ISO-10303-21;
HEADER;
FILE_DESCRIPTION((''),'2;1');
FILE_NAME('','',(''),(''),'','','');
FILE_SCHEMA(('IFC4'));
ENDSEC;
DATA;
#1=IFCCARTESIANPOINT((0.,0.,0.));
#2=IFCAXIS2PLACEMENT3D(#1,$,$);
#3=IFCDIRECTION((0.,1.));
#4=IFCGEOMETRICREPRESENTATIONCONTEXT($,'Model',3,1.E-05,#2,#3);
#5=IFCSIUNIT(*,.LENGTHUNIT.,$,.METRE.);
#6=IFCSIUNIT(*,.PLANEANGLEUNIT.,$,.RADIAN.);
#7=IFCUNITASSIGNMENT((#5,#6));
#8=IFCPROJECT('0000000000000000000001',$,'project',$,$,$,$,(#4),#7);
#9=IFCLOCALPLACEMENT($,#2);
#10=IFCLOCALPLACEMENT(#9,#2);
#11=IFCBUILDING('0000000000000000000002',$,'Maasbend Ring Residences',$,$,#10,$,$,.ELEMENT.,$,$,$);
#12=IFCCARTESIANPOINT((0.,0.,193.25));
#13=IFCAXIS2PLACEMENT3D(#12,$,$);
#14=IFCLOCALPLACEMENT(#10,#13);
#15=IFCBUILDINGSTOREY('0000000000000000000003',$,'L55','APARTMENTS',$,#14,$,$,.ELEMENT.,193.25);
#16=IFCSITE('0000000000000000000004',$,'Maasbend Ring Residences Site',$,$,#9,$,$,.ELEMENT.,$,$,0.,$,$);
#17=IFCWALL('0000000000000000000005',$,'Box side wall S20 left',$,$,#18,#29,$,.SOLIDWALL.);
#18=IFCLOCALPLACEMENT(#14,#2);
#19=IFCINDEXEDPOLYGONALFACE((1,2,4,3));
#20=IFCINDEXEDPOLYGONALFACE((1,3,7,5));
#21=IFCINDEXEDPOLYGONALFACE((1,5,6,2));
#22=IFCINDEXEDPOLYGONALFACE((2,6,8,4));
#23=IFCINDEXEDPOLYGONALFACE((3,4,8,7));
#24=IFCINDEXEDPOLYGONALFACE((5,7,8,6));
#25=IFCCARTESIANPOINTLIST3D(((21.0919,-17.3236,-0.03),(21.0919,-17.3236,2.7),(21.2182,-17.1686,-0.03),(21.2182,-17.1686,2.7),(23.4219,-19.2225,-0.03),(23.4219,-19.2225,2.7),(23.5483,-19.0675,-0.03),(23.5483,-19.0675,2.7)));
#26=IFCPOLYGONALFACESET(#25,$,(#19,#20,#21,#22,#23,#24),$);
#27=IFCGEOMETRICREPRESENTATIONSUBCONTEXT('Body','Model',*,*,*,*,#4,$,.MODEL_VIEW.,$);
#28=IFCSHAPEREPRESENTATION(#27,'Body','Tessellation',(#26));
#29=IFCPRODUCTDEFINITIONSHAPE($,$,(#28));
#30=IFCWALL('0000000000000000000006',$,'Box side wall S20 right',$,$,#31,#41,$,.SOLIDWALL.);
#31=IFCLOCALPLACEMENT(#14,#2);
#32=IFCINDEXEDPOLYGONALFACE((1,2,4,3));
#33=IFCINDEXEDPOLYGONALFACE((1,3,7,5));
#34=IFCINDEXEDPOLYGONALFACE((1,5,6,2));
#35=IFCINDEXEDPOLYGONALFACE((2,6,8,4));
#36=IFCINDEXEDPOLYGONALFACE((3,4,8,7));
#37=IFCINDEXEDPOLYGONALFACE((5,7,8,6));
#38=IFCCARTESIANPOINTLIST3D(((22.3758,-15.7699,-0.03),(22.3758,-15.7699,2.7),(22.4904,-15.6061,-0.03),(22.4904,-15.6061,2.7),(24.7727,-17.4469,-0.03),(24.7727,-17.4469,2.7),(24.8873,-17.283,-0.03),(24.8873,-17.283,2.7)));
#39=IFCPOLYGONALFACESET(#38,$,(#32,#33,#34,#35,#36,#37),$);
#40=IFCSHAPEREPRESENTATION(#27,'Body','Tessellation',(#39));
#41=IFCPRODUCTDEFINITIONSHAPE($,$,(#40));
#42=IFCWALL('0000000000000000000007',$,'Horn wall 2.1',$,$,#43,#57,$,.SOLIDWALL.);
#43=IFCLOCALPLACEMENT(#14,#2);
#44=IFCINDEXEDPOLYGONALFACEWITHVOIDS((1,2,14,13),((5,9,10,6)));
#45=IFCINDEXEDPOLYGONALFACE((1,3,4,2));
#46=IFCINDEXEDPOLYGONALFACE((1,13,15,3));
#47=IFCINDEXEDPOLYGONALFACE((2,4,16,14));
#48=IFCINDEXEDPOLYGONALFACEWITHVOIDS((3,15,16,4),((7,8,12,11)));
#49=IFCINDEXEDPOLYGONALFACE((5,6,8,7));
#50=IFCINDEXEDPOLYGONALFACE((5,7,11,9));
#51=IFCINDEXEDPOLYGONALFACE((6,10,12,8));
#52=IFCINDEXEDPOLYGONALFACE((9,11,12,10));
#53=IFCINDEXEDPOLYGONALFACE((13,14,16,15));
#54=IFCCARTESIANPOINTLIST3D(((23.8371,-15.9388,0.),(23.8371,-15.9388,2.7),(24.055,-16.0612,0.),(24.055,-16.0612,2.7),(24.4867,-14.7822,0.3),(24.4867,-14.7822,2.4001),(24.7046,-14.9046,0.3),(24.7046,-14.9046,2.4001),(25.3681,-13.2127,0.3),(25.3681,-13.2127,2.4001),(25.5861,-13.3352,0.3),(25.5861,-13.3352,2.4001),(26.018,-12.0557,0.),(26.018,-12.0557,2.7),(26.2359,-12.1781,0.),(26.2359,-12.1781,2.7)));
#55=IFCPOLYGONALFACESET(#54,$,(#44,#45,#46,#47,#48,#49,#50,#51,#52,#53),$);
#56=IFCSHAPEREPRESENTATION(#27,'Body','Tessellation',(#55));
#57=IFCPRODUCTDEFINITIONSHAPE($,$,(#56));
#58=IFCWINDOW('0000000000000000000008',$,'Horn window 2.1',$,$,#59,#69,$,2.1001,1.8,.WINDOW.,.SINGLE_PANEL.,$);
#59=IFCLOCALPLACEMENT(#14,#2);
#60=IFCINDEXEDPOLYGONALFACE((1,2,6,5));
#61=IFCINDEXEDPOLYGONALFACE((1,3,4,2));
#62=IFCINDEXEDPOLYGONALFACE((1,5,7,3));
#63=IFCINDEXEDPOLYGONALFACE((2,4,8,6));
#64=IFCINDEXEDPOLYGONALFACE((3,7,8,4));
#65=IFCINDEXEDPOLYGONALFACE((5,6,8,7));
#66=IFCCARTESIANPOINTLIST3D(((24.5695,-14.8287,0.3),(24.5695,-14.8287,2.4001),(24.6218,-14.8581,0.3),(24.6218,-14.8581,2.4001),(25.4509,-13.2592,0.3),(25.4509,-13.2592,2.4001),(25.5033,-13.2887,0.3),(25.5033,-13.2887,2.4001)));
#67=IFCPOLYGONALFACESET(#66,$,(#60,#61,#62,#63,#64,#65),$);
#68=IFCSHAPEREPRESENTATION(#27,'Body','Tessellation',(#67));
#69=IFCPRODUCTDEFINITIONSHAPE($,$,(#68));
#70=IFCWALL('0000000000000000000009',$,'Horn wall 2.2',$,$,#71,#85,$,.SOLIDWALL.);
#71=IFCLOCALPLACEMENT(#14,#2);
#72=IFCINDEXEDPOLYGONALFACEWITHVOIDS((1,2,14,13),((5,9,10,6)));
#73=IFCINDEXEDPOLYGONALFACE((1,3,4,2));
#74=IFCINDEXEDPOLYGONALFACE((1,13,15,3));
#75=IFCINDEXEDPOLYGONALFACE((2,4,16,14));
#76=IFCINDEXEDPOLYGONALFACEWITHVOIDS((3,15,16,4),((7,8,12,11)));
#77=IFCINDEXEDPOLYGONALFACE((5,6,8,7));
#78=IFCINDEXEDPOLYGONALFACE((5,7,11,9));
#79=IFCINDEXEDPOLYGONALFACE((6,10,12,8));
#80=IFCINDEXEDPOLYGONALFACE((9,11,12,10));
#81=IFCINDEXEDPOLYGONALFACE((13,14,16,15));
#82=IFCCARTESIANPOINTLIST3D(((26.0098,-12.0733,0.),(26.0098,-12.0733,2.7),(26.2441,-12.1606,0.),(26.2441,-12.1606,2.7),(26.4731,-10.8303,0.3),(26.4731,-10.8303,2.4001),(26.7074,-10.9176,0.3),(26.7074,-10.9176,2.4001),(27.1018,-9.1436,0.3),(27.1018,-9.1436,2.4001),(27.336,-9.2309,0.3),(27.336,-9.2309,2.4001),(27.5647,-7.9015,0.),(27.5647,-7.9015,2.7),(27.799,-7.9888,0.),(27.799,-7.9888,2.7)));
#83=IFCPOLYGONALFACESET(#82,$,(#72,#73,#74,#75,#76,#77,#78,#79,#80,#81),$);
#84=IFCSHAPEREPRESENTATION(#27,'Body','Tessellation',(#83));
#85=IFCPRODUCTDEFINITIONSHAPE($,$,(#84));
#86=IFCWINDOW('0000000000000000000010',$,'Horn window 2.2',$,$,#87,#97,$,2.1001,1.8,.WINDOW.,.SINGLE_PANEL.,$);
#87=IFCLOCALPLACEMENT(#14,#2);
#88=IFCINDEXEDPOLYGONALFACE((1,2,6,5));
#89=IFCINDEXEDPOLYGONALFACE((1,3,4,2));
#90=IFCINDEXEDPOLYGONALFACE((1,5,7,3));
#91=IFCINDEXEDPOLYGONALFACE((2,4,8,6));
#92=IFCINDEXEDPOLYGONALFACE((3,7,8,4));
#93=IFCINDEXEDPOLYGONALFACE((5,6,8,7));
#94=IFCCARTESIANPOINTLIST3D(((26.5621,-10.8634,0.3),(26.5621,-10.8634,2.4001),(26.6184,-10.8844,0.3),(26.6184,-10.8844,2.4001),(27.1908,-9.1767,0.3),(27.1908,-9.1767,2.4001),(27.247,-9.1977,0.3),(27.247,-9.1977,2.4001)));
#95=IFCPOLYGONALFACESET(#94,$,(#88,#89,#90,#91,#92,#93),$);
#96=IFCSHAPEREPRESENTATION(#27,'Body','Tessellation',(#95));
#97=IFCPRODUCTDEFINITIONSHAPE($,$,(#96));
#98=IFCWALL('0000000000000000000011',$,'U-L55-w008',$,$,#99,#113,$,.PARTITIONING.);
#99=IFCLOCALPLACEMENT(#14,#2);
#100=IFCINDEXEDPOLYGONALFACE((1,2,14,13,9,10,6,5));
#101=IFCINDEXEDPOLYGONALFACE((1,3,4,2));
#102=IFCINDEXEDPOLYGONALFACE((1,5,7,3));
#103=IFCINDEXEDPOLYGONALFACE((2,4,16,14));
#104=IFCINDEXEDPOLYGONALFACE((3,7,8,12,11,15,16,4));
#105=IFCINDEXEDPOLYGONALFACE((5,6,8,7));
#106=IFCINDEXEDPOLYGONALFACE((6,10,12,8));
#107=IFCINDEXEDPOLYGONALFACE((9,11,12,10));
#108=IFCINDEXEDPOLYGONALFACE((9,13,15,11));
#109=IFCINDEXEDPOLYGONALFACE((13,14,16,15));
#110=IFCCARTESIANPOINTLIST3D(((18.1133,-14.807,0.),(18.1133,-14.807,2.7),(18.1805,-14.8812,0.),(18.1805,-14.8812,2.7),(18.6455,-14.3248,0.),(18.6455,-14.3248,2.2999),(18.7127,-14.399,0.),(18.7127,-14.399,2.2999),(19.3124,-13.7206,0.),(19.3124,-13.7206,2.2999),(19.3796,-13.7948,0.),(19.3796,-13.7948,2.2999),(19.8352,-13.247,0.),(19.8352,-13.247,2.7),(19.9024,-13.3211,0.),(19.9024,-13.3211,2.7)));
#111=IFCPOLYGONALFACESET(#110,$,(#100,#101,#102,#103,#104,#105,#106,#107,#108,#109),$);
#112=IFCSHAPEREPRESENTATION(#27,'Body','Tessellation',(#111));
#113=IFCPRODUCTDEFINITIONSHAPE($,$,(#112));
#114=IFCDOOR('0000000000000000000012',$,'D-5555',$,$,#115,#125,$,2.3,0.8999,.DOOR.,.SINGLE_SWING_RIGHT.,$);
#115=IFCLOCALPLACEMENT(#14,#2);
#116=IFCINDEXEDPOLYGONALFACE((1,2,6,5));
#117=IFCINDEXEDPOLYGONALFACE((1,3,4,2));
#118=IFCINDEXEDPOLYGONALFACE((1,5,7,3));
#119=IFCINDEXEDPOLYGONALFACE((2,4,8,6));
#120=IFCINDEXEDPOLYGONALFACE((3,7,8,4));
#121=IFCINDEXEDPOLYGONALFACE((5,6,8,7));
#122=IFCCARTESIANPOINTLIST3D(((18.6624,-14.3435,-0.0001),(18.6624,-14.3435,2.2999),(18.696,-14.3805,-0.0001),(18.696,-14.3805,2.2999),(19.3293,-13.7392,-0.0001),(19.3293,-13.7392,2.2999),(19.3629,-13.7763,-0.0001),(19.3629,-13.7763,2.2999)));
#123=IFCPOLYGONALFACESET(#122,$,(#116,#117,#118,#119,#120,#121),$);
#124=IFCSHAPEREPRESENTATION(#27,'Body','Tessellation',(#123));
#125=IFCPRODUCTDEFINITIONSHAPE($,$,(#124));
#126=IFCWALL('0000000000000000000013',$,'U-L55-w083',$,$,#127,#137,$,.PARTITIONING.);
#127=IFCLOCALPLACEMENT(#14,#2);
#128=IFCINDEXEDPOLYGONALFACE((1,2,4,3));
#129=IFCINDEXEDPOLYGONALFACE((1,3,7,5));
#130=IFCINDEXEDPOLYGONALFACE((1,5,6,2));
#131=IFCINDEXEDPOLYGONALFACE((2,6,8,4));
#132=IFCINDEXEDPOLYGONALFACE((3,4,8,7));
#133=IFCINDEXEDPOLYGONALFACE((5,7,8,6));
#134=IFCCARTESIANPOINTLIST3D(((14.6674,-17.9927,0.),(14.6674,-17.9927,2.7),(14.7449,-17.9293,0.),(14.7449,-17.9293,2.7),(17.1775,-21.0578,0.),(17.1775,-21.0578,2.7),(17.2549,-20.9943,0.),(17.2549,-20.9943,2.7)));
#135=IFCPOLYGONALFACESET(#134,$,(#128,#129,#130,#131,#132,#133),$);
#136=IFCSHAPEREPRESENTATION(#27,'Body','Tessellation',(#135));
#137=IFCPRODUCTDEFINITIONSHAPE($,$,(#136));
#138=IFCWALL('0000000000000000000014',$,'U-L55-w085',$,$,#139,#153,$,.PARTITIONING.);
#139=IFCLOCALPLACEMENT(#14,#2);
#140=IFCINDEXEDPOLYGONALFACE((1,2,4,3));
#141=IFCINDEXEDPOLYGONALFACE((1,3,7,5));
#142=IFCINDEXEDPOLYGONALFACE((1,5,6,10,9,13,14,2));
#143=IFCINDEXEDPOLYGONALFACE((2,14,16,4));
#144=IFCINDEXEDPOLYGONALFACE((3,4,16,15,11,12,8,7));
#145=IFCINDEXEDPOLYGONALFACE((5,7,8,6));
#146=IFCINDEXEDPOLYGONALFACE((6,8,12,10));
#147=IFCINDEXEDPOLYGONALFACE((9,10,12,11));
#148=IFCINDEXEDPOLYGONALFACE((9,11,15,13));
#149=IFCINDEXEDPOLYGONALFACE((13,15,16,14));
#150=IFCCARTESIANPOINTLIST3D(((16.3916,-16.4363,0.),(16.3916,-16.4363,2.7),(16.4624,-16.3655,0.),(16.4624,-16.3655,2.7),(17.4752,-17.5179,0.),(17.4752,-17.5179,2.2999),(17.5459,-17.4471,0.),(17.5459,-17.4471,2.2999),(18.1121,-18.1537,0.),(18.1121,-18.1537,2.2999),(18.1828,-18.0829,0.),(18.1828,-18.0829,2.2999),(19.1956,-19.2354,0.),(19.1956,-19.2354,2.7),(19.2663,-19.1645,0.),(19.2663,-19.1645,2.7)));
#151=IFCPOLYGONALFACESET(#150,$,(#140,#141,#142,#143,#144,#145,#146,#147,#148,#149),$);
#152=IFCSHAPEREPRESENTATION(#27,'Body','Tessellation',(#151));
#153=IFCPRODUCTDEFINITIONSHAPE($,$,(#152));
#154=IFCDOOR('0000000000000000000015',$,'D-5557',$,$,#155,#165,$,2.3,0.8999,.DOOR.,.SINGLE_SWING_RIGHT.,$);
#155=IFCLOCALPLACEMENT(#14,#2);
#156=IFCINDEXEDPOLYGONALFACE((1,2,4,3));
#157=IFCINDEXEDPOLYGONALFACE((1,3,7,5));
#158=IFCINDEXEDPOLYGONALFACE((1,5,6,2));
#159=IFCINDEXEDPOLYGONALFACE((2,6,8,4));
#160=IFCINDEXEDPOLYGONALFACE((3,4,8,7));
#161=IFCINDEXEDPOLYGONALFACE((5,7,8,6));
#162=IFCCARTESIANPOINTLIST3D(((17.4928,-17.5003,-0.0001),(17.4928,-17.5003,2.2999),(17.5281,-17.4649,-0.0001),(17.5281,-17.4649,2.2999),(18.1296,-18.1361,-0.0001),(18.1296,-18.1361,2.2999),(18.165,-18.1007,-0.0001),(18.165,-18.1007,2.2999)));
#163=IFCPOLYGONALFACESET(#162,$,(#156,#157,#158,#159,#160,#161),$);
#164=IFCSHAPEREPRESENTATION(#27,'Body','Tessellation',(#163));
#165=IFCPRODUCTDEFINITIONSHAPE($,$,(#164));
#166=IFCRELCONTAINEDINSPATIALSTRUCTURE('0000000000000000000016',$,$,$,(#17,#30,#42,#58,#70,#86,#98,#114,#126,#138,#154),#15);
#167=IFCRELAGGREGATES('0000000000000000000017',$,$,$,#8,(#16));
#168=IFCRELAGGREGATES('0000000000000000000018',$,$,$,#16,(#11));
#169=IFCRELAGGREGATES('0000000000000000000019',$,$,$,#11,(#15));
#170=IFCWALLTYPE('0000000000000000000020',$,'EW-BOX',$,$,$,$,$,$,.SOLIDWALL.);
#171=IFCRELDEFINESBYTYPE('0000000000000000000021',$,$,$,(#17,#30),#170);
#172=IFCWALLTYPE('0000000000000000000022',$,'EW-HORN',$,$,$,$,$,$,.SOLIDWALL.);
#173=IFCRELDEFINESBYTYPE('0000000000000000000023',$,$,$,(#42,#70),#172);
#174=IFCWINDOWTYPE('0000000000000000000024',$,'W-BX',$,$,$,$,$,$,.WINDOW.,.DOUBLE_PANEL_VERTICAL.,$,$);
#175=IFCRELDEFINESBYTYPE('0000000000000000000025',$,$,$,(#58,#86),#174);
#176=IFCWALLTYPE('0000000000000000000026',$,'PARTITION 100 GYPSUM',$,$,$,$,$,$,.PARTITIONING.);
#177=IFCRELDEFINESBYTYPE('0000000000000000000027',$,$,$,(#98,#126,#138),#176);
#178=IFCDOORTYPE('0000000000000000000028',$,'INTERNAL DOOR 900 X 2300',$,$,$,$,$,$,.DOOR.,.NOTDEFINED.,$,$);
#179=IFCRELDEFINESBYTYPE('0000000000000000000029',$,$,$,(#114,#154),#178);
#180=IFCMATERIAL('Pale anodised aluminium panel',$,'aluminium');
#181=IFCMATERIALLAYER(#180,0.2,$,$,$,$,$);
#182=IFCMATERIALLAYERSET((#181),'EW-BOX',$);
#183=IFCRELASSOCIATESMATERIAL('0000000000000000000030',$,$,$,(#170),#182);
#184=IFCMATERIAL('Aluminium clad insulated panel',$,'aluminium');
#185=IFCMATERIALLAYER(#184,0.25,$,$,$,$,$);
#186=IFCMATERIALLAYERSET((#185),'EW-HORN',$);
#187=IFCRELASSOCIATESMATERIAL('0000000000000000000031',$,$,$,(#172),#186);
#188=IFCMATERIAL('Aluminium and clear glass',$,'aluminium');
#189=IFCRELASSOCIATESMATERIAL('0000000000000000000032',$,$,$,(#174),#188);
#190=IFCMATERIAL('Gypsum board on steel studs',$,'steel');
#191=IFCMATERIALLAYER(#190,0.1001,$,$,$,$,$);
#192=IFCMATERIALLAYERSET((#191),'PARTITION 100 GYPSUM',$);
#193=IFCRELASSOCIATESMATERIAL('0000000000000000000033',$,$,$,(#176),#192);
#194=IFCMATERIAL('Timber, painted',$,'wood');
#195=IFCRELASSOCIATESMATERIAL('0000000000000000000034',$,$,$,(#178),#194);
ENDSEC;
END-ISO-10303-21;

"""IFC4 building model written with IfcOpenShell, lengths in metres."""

from ifc_helpers import new_model, si_unit, direction, frame, frame_2d, origin, place, context, subcontext, project, spatial, rectangle, extrude, material, layer, layer_set, type_object, element, fill, save


model = new_model("IFC4")

# Units and contexts
model_context = context("Model", 3, precision=1e-05, world=origin(), true_north=direction((0.0, 1.0)))
body_context = subcontext(model_context, "Body", "Model", "MODEL_VIEW")
ifc_project = project(units=[si_unit("LENGTHUNIT", "METRE"), si_unit("PLANEANGLEUNIT", "RADIAN")], contexts=[model_context])

# Site, building, storey
site_placement = place(None, origin())
site = spatial("IfcSite", under=ifc_project, at=site_placement, Name="Maasbend Ring Residences Site", CompositionType="ELEMENT", RefElevation=0.0)
building_placement = place(site_placement, origin())
building = spatial("IfcBuilding", under=site, at=building_placement, Name="Maasbend Ring Residences", CompositionType="ELEMENT")
storey_placement = place(building_placement, frame((0.0, 0.0, 193.25)))
storey = spatial("IfcBuildingStorey", under=building, at=storey_placement, Name="L55", Description="APARTMENTS", CompositionType="ELEMENT", Elevation=193.25)

# Walls
ifc_material_1 = material(Name="Pale anodised aluminium panel", Category="aluminium")
ifc_layer_1 = layer(ifc_material_1, 0.2)
ifc_layer_set_1 = layer_set([ifc_layer_1], Name="EW-BOX")
wall_type_1 = type_object("IfcWallType", Name="EW-BOX", PredefinedType="SOLIDWALL", material=ifc_layer_set_1)
wall_1_placement = place(storey_placement, frame((21.155, -17.2461, -0.03), z_axis=(0.0, 0.0, 1.0), x_axis=(0.775179, -0.631742, 0.0)))
element("IfcWall", 1, at=wall_1_placement, inside=storey, type_object=wall_type_1, Name="Box side wall S20 left", PredefinedType="SOLIDWALL", context=body_context, shape_type="SweptSolid", body=[
    extrude(rectangle(XDim=3.0059, YDim=0.2, at=frame_2d((1.5029, 0.0))), origin(), (0.0, 0.0, 1.0), 2.73),
])
wall_2_placement = place(storey_placement, frame((22.4331, -15.688, -0.03), z_axis=(0.0, 0.0, 1.0), x_axis=(0.819373, -0.573261, 0.0)))
element("IfcWall", 2, at=wall_2_placement, inside=storey, type_object=wall_type_1, Name="Box side wall S20 right", PredefinedType="SOLIDWALL", context=body_context, shape_type="SweptSolid", body=[
    extrude(rectangle(XDim=2.9253, YDim=0.2, at=frame_2d((1.4626, 0.0))), origin(), (0.0, 0.0, 1.0), 2.73),
])

# Walls, openings, windows
ifc_material_2 = material(Name="Aluminium clad insulated panel", Category="aluminium")
ifc_layer_2 = layer(ifc_material_2, 0.25)
ifc_layer_set_2 = layer_set([ifc_layer_2], Name="EW-HORN")
wall_type_2 = type_object("IfcWallType", Name="EW-HORN", PredefinedType="SOLIDWALL", material=ifc_layer_set_2)
wall_3_placement = place(storey_placement, frame((23.946, -16.0, 0.0), z_axis=(0.0, 0.0, 1.0), x_axis=(0.489696, 0.871893, 0.0)))
wall_3 = element("IfcWall", 3, at=wall_3_placement, inside=storey, type_object=wall_type_2, Name="Horn wall 2.1", PredefinedType="SOLIDWALL", context=body_context, shape_type="SweptSolid", body=[
    extrude(rectangle(XDim=4.4536, YDim=0.25, at=frame_2d((2.2268, 0.0))), origin(), (0.0, 0.0, 1.0), 2.7),
])
opening_1_placement = place(wall_3_placement, frame((1.3267, 0.0, 0.3)))
opening_1 = element("IfcOpeningElement", 4, at=opening_1_placement, cuts=wall_3, PredefinedType="OPENING", context=body_context, shape_type="SweptSolid", body=[
    extrude(rectangle(XDim=1.8, YDim=2.1001, at=frame_2d((0.8999, 1.05))), frame((0.0, 0.135, 0.0), z_axis=(0.0, -1.0, 0.0), x_axis=(1.0, 0.0, 0.0)), (0.0, 0.0, 1.0), 0.27),
])
ifc_material_3 = material(Name="Aluminium and clear glass", Category="aluminium")
window_type = type_object("IfcWindowType", Name="W-BX", PartitioningType="DOUBLE_PANEL_VERTICAL", PredefinedType="WINDOW", material=ifc_material_3)
window_1_placement = place(opening_1_placement, origin())
window_1 = element("IfcWindow", 5, at=window_1_placement, inside=storey, type_object=window_type, Name="Horn window 2.1", OverallHeight=2.1001, OverallWidth=1.8, PartitioningType="SINGLE_PANEL", PredefinedType="WINDOW", context=body_context, shape_type="SweptSolid", body=[
    extrude(rectangle(XDim=1.8, YDim=2.1001, at=frame_2d((0.8999, 1.05))), frame((0.0, 0.03, 0.0), z_axis=(0.0, -1.0, 0.0), x_axis=(1.0, 0.0, 0.0)), (0.0, 0.0, 1.0), 0.0601),
])
fill(opening_1, window_1)
wall_4_placement = place(storey_placement, frame((26.127, -12.1169, 0.0), z_axis=(0.0, 0.0, 1.0), x_axis=(0.349248, 0.93703, 0.0)))
wall_4 = element("IfcWall", 6, at=wall_4_placement, inside=storey, type_object=wall_type_2, Name="Horn wall 2.2", PredefinedType="SOLIDWALL", context=body_context, shape_type="SweptSolid", body=[
    extrude(rectangle(XDim=4.4521, YDim=0.25, at=frame_2d((2.2261, 0.0))), origin(), (0.0, 0.0, 1.0), 2.7),
])
opening_2_placement = place(wall_4_placement, frame((1.3267, 0.0, 0.3)))
opening_2 = element("IfcOpeningElement", 7, at=opening_2_placement, cuts=wall_4, PredefinedType="OPENING", context=body_context, shape_type="SweptSolid", body=[
    extrude(rectangle(XDim=1.8, YDim=2.1001, at=frame_2d((0.8999, 1.05))), frame((0.0, 0.135, 0.0), z_axis=(0.0, -1.0, 0.0), x_axis=(1.0, 0.0, 0.0)), (0.0, 0.0, 1.0), 0.27),
])
window_2_placement = place(opening_2_placement, origin())
window_2 = element("IfcWindow", 8, at=window_2_placement, inside=storey, type_object=window_type, Name="Horn window 2.2", OverallHeight=2.1001, OverallWidth=1.8, PartitioningType="SINGLE_PANEL", PredefinedType="WINDOW", context=body_context, shape_type="SweptSolid", body=[
    extrude(rectangle(XDim=1.8, YDim=2.1001, at=frame_2d((0.8999, 1.05))), frame((0.0, 0.03, 0.0), z_axis=(0.0, -1.0, 0.0), x_axis=(1.0, 0.0, 0.0)), (0.0, 0.0, 1.0), 0.0601),
])
fill(opening_2, window_2)

# Wall, opening, door
ifc_material_4 = material(Name="Gypsum board on steel studs", Category="steel")
ifc_layer_3 = layer(ifc_material_4, 0.1001)
ifc_layer_set_3 = layer_set([ifc_layer_3], Name="PARTITION 100 GYPSUM")
wall_type_3 = type_object("IfcWallType", Name="PARTITION 100 GYPSUM", PredefinedType="PARTITIONING", material=ifc_layer_set_3)
wall_5_placement = place(storey_placement, frame((18.147, -14.844, 0.0), z_axis=(0.0, 0.0, 1.0), x_axis=(0.74108, 0.671417, 0.0)))
wall_5 = element("IfcWall", 9, at=wall_5_placement, inside=storey, type_object=wall_type_3, Name="U-L55-w008", PredefinedType="PARTITIONING", context=body_context, shape_type="SweptSolid", body=[
    extrude(rectangle(XDim=2.3235, YDim=0.1001, at=frame_2d((1.1616, 0.0))), origin(), (0.0, 0.0, 1.0), 2.7),
])
opening_3_placement = place(wall_5_placement, frame((0.718, 0.0, 0.0)))
opening_3 = element("IfcOpeningElement", 10, at=opening_3_placement, cuts=wall_5, PredefinedType="OPENING", context=body_context, shape_type="SweptSolid", body=[
    extrude(rectangle(XDim=0.8999, YDim=2.3, at=frame_2d((0.45, 1.1499))), frame((0.0, 0.0601, 0.0), z_axis=(0.0, -1.0, 0.0), x_axis=(1.0, 0.0, 0.0)), (0.0, 0.0, 1.0), 0.1201),
])
ifc_material_5 = material(Name="Timber, painted", Category="wood")
door_type = type_object("IfcDoorType", Name="INTERNAL DOOR 900 X 2300", OperationType="NOTDEFINED", PredefinedType="DOOR", material=ifc_material_5)
door_1_placement = place(opening_3_placement, origin())
door_1 = element("IfcDoor", 11, at=door_1_placement, inside=storey, type_object=door_type, Name="D-5555", OperationType="SINGLE_SWING_RIGHT", OverallHeight=2.3, OverallWidth=0.8999, PredefinedType="DOOR", context=body_context, shape_type="SweptSolid", body=[
    extrude(rectangle(XDim=0.8999, YDim=2.3, at=frame_2d((0.45, 1.1499))), frame((0.0, 0.0249, 0.0), z_axis=(0.0, -1.0, 0.0), x_axis=(1.0, 0.0, 0.0)), (0.0, 0.0, 1.0), 0.05),
])
fill(opening_3, door_1)

# Wall
wall_6_placement = place(storey_placement, frame((14.7061, -17.9609, 0.0), z_axis=(0.0, 0.0, 1.0), x_axis=(0.63359, -0.773669, 0.0)))
element("IfcWall", 12, at=wall_6_placement, inside=storey, type_object=wall_type_3, Name="U-L55-w083", PredefinedType="PARTITIONING", context=body_context, shape_type="SweptSolid", body=[
    extrude(rectangle(XDim=3.9617, YDim=0.1001, at=frame_2d((1.981, 0.0))), origin(), (0.0, 0.0, 1.0), 2.7),
])

# Wall, opening, door
wall_7_placement = place(storey_placement, frame((16.427, -16.4009, 0.0), z_axis=(0.0, 0.0, 1.0), x_axis=(0.707723, -0.70649, 0.0)))
wall_7 = element("IfcWall", 13, at=wall_7_placement, inside=storey, type_object=wall_type_3, Name="U-L55-w085", PredefinedType="PARTITIONING", context=body_context, shape_type="SweptSolid", body=[
    extrude(rectangle(XDim=3.9619, YDim=0.1001, at=frame_2d((1.981, 0.0))), origin(), (0.0, 0.0, 1.0), 2.7),
])
opening_4_placement = place(wall_7_placement, frame((1.531, 0.0, 0.0)))
opening_4 = element("IfcOpeningElement", 14, at=opening_4_placement, cuts=wall_7, PredefinedType="OPENING", context=body_context, shape_type="SweptSolid", body=[
    extrude(rectangle(XDim=0.8999, YDim=2.3, at=frame_2d((0.45, 1.1499))), frame((0.0, 0.0601, 0.0), z_axis=(0.0, -1.0, 0.0), x_axis=(1.0, 0.0, 0.0)), (0.0, 0.0, 1.0), 0.1201),
])
door_2_placement = place(opening_4_placement, origin())
door_2 = element("IfcDoor", 15, at=door_2_placement, inside=storey, type_object=door_type, Name="D-5557", OperationType="SINGLE_SWING_RIGHT", OverallHeight=2.3, OverallWidth=0.8999, PredefinedType="DOOR", context=body_context, shape_type="SweptSolid", body=[
    extrude(rectangle(XDim=0.8999, YDim=2.3, at=frame_2d((0.45, 1.1499))), frame((0.0, 0.0249, 0.0), z_axis=(0.0, -1.0, 0.0), x_axis=(1.0, 0.0, 0.0)), (0.0, 0.0, 1.0), 0.05),
])
fill(opening_4, door_2)

save(model, "model.ifc")
